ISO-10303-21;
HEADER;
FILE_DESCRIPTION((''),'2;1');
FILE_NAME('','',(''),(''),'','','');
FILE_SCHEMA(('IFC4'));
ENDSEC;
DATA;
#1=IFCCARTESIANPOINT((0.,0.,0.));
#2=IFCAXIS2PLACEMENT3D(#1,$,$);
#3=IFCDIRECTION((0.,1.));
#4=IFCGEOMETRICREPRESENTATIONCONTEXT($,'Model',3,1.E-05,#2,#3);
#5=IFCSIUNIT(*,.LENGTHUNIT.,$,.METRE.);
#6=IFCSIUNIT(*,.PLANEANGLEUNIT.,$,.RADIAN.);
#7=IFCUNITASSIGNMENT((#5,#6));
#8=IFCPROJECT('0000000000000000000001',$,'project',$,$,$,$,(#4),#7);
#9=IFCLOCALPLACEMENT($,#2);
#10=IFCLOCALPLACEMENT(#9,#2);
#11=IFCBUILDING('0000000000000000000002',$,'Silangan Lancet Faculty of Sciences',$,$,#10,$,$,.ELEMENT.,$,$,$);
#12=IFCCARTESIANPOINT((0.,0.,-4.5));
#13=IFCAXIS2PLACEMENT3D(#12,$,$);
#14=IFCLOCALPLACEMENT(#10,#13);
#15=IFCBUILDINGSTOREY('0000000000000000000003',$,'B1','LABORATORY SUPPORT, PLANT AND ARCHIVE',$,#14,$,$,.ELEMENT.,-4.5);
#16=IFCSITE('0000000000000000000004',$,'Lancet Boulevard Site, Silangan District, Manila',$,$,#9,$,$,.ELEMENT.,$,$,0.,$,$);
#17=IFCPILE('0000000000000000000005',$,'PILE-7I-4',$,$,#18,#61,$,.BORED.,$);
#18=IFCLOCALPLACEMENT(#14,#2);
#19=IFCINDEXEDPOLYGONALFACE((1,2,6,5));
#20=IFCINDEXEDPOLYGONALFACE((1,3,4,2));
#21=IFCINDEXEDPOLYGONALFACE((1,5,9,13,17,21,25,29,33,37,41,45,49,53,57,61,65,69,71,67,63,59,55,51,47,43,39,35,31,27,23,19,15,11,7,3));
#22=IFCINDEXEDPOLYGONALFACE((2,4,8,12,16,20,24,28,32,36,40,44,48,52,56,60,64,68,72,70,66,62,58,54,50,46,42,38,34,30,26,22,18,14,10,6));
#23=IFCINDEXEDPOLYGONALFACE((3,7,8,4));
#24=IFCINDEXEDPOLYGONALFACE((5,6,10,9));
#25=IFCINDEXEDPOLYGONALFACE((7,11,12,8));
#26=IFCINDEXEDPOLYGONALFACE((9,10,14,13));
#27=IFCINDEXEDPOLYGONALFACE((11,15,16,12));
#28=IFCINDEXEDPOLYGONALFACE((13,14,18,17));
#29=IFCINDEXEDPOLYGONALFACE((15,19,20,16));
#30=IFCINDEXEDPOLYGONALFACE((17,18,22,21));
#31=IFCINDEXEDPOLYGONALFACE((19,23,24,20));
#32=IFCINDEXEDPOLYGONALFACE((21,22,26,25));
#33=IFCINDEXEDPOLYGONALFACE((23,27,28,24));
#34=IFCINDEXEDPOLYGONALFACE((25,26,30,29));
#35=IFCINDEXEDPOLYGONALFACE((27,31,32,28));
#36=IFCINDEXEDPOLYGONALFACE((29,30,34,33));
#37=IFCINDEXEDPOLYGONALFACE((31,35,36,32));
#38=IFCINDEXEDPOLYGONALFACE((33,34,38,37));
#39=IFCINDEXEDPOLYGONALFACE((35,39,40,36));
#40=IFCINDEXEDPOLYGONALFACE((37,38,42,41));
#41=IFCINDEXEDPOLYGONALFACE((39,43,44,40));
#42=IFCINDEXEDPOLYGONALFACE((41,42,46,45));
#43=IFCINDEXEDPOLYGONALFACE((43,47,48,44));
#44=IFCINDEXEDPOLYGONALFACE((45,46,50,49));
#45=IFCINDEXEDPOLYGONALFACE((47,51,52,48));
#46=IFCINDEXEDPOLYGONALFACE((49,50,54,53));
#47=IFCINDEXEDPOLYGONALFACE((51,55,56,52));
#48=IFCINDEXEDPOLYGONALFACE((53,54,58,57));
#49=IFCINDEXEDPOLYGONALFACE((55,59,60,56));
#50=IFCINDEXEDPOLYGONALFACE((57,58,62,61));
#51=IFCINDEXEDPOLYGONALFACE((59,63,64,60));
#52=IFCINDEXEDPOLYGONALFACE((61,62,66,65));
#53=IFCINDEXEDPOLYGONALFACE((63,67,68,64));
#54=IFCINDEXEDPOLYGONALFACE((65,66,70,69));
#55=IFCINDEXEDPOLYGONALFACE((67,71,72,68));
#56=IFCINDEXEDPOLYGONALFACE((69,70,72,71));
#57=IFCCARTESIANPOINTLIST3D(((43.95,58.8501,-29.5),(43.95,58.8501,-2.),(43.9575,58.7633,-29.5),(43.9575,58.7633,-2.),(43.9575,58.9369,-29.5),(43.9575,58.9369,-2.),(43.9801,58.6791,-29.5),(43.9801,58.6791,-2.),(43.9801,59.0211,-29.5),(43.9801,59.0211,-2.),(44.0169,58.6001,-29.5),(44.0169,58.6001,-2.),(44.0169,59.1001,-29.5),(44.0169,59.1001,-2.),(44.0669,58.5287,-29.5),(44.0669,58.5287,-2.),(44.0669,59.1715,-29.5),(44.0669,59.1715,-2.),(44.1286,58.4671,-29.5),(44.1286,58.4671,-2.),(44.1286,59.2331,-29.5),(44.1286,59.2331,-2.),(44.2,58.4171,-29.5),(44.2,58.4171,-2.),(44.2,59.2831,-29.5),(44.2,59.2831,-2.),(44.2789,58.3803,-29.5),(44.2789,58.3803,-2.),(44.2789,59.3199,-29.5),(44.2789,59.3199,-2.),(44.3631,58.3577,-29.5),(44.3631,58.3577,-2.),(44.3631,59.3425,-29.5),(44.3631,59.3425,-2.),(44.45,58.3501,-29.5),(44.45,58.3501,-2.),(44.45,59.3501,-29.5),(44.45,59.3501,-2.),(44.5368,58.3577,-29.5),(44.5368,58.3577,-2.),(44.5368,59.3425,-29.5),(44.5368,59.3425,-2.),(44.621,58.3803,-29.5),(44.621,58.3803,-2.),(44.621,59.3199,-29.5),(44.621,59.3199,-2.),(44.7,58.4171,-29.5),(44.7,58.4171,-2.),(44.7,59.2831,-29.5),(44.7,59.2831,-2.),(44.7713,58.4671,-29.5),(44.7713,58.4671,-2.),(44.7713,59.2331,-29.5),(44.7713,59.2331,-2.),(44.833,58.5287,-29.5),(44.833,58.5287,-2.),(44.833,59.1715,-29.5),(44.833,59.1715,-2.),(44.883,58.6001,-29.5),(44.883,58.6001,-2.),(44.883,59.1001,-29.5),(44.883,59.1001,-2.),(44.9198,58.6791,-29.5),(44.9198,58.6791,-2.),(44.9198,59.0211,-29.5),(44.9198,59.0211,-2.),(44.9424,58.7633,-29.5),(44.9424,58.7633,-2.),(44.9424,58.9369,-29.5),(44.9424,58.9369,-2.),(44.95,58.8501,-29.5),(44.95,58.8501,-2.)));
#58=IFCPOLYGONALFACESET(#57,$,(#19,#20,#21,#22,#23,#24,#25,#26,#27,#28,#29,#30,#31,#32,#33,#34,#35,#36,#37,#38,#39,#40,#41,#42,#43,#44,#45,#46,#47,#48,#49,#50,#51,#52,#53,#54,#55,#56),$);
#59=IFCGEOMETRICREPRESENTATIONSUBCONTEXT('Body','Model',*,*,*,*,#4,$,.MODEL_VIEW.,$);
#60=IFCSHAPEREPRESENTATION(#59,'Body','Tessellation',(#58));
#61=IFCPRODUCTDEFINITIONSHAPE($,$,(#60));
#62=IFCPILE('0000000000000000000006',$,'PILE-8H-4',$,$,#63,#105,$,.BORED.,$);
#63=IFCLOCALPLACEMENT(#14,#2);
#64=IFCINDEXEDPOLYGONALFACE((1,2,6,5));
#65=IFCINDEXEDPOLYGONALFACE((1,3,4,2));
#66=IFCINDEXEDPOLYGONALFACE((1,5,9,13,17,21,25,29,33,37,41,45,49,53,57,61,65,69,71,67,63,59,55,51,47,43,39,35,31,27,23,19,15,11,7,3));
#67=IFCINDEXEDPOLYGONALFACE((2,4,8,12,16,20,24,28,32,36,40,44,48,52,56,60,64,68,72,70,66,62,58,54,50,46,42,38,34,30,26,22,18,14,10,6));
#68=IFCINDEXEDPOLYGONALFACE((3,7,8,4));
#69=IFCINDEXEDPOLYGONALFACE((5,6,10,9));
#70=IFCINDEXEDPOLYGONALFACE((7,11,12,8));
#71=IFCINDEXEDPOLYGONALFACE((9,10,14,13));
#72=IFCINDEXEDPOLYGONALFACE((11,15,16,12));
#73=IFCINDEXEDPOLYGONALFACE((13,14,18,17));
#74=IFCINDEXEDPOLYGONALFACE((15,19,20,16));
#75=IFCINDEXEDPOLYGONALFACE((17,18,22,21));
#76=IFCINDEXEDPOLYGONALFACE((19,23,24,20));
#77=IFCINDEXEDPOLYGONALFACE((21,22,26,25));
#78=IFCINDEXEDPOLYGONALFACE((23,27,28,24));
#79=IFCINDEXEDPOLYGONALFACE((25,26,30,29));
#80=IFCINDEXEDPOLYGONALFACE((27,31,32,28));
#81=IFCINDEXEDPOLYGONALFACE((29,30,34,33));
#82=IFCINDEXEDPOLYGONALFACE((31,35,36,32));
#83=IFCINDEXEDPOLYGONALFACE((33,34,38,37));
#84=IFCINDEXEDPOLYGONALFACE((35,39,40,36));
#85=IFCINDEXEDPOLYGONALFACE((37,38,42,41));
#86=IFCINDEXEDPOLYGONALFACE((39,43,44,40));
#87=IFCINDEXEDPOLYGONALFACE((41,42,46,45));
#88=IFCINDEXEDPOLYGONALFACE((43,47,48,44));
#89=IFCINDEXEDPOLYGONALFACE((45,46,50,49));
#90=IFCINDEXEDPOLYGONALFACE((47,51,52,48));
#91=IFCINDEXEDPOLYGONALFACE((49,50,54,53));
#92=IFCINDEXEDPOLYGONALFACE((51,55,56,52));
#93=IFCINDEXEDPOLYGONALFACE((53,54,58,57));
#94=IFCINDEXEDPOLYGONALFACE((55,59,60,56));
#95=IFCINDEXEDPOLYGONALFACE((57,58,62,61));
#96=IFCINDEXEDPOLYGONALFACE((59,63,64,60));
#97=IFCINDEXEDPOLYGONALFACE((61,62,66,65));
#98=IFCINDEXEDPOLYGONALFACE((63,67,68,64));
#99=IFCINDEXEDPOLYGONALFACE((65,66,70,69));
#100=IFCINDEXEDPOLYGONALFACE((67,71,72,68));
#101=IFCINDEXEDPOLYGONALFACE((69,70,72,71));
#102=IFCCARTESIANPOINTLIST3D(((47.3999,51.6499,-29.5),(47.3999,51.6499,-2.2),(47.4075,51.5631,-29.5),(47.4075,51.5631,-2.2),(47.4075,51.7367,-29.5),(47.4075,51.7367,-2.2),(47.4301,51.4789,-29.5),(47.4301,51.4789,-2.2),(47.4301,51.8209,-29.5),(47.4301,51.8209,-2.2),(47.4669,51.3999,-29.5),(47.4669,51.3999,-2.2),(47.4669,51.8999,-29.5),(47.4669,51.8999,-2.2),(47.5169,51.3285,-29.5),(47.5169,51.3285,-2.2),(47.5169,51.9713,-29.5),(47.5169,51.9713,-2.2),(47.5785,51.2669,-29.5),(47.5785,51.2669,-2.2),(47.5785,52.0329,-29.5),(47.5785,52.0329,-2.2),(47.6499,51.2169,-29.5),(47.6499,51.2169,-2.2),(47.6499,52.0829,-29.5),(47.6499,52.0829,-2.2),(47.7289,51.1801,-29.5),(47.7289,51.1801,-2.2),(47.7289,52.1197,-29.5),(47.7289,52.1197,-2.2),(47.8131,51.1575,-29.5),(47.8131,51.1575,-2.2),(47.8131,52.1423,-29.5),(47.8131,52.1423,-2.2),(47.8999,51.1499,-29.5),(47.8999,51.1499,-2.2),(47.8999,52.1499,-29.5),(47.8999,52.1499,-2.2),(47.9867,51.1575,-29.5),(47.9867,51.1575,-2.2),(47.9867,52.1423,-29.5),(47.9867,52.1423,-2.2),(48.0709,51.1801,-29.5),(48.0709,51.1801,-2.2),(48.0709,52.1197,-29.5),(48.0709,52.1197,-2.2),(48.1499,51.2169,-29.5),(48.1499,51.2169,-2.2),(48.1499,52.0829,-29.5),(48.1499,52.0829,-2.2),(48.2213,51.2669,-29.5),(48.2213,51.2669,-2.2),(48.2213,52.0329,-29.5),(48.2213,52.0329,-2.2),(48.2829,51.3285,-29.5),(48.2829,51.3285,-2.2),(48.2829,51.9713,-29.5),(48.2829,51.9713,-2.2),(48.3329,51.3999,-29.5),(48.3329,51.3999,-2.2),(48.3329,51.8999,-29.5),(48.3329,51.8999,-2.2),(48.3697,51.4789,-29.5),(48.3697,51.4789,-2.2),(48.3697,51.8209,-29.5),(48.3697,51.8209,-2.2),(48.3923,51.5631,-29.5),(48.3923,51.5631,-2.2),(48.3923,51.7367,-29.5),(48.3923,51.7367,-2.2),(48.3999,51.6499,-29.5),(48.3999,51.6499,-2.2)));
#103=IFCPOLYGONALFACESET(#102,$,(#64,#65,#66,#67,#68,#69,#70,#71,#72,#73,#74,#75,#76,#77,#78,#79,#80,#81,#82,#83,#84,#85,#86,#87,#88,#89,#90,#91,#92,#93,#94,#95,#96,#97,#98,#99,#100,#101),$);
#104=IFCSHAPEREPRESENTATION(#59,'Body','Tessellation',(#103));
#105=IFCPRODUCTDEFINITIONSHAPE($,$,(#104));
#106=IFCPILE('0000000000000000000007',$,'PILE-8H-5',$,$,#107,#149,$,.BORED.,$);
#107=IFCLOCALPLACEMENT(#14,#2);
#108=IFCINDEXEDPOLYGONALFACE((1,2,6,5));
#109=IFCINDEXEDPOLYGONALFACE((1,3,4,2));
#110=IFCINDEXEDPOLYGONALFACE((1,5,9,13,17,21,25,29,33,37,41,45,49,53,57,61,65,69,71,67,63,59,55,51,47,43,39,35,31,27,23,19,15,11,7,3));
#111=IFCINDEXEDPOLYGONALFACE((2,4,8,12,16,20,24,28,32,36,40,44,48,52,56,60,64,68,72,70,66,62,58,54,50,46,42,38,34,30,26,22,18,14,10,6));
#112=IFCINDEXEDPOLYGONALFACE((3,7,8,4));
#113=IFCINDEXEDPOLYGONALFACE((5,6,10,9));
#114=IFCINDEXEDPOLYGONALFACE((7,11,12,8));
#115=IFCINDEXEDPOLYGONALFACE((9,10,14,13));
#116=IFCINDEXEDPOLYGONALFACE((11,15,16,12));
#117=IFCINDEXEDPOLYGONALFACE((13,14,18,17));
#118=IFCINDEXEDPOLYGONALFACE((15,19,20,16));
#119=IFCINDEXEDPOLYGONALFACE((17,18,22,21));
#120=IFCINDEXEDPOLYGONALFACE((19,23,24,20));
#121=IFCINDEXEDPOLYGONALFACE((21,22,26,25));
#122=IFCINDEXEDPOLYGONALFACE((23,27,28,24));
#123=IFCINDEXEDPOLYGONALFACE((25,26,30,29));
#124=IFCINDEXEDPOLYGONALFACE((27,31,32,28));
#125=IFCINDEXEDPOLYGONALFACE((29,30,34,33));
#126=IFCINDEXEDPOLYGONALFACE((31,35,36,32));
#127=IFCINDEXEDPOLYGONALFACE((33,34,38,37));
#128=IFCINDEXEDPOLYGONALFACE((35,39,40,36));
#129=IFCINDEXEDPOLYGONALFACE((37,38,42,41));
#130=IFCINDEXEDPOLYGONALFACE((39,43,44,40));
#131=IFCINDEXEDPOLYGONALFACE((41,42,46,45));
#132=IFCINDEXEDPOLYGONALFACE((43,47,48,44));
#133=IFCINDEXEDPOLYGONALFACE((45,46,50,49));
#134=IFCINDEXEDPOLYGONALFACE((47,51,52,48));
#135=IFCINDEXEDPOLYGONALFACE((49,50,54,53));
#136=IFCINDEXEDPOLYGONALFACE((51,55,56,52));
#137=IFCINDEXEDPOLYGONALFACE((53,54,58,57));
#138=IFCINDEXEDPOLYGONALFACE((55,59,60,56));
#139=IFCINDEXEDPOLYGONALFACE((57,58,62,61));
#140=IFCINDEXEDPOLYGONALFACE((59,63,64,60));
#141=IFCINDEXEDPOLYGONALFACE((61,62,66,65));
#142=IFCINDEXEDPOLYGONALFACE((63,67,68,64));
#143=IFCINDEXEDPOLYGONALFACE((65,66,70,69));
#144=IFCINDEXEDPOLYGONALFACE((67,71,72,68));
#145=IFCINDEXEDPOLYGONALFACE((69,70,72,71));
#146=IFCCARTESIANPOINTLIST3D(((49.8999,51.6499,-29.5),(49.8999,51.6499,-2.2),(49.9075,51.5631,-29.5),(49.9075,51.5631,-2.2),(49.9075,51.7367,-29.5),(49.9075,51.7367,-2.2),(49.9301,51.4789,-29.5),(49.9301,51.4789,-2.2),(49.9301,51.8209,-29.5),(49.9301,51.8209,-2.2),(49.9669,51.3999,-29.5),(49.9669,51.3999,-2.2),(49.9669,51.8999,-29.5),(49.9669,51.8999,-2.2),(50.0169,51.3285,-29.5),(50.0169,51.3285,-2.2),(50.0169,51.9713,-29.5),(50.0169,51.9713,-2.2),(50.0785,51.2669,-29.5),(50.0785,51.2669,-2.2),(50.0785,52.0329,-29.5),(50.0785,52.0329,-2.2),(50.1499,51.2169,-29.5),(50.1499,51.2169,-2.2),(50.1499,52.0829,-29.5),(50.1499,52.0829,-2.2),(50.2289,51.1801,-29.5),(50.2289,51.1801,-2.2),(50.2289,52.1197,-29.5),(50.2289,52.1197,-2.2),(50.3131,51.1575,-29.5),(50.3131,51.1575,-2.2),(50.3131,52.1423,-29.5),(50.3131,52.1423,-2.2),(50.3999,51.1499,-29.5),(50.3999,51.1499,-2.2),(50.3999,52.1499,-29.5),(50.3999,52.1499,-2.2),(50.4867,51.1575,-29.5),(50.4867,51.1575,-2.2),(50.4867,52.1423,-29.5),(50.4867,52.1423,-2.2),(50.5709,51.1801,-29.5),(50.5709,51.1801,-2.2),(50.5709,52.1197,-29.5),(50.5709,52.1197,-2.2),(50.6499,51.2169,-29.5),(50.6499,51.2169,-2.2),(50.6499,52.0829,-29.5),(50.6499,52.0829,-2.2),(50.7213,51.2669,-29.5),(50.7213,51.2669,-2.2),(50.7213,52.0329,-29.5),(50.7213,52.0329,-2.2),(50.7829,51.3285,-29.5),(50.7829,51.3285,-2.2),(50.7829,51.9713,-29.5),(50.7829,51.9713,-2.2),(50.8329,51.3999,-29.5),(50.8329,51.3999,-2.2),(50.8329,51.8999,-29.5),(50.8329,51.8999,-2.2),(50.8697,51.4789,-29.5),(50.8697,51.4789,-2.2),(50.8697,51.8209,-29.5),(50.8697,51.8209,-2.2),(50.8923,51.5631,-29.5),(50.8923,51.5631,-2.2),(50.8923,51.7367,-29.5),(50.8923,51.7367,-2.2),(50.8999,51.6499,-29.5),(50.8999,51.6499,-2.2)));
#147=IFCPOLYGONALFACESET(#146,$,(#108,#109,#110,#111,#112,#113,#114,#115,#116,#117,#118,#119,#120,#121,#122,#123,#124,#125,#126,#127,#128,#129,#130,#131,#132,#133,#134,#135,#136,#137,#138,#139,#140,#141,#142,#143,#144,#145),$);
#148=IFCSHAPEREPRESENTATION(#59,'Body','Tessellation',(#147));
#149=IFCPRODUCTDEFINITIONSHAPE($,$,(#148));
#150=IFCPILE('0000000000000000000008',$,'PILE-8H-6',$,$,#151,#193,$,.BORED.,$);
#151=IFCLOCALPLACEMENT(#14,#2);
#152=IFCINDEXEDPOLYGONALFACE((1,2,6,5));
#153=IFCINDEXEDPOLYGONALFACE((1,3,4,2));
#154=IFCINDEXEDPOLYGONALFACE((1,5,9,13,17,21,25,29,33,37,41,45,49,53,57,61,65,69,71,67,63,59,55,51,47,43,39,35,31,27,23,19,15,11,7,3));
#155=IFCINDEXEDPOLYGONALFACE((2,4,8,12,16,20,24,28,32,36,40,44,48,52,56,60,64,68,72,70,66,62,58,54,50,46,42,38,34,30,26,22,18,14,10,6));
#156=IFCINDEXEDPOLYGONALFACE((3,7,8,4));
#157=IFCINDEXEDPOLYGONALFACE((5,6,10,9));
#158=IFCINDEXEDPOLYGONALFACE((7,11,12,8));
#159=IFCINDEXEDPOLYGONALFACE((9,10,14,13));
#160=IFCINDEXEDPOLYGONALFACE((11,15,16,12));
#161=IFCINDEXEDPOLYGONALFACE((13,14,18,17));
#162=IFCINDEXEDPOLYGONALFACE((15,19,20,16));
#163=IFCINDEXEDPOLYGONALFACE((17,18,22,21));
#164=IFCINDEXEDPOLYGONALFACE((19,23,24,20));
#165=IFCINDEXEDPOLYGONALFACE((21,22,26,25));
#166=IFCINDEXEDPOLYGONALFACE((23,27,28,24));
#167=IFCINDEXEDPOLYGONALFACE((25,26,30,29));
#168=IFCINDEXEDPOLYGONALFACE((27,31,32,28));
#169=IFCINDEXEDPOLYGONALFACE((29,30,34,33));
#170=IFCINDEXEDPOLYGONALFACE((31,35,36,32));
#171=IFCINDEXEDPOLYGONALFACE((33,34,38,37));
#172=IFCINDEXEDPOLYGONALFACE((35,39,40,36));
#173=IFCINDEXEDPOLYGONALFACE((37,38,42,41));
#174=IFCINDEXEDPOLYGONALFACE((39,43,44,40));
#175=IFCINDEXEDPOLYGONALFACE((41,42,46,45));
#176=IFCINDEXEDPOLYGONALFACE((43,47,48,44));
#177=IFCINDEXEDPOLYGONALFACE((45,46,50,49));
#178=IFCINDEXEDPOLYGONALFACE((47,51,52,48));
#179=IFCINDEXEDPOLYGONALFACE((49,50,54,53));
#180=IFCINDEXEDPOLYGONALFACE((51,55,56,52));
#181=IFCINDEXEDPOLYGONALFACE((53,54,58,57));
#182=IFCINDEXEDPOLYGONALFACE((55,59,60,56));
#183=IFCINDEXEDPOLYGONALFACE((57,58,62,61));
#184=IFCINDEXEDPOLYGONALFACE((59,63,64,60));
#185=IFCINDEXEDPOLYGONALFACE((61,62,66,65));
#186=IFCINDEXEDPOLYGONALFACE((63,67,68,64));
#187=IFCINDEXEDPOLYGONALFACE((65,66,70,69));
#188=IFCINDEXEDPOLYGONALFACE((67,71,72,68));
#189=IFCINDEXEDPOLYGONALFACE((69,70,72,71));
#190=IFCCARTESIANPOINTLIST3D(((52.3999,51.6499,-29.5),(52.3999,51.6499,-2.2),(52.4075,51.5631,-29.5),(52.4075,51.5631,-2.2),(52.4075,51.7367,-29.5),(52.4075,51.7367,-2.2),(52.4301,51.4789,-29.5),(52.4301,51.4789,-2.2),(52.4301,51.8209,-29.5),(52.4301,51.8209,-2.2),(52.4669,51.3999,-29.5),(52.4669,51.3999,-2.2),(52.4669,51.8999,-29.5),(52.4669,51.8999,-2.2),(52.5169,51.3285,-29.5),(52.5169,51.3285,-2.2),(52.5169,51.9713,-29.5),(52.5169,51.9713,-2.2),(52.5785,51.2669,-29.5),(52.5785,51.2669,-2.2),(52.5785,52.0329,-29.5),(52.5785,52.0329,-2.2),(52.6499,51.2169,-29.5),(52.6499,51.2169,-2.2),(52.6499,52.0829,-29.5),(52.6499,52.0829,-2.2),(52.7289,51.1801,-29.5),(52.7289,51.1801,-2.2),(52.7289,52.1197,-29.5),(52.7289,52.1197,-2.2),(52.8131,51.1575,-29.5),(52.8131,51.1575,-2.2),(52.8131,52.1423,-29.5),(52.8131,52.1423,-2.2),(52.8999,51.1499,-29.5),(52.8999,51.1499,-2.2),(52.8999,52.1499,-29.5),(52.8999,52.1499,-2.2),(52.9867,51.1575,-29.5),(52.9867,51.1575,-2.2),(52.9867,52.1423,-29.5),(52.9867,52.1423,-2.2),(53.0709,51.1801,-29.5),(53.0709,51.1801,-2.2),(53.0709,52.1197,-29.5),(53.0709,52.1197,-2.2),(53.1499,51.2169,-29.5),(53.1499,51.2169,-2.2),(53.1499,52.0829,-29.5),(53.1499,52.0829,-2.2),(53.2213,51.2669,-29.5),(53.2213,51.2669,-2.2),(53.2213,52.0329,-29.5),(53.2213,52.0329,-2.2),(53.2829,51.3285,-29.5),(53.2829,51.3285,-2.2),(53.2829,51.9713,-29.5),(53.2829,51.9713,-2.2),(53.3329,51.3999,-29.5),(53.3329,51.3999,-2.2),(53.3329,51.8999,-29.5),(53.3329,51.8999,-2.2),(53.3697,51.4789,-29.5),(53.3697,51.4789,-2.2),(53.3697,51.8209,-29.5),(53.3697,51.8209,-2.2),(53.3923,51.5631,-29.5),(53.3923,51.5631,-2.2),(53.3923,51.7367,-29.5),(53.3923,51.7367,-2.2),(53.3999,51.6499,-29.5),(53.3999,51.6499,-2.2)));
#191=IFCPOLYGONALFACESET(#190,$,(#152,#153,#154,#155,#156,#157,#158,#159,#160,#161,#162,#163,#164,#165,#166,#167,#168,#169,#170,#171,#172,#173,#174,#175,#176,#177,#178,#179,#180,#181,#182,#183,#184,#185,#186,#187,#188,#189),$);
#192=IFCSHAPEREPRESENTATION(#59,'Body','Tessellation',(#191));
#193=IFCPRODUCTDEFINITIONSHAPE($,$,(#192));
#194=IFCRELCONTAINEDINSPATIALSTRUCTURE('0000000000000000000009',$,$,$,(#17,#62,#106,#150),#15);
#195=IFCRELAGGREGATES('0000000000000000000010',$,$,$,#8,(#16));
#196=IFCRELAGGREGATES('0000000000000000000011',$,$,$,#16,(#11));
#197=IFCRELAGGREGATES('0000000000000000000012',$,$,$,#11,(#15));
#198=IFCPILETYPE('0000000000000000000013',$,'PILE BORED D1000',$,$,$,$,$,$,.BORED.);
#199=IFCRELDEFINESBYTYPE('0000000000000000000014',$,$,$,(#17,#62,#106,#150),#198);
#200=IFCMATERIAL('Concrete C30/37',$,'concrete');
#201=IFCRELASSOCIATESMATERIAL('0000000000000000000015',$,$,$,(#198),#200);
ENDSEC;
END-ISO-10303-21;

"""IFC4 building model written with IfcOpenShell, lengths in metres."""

from ifc_helpers import new_model, si_unit, direction, frame, origin, origin_2d, place, context, subcontext, project, spatial, circle, extrude, material, material_profile, profile_set, type_object, element, save


model = new_model("IFC4")

# Units and contexts
model_context = context("Model", 3, precision=1e-05, world=origin(), true_north=direction((0.0, 1.0)))
body_context = subcontext(model_context, "Body", "Model", "MODEL_VIEW")
ifc_project = project(units=[si_unit("LENGTHUNIT", "METRE"), si_unit("PLANEANGLEUNIT", "RADIAN")], contexts=[model_context])

# Site, building, storey
site_placement = place(None, origin())
site = spatial("IfcSite", under=ifc_project, at=site_placement, Name="Lancet Boulevard Site, Silangan District, Manila", CompositionType="ELEMENT", RefElevation=0.0)
building_placement = place(site_placement, origin())
building = spatial("IfcBuilding", under=site, at=building_placement, Name="Silangan Lancet Faculty of Sciences", CompositionType="ELEMENT")
storey_placement = place(building_placement, frame((0.0, 0.0, -4.5)))
storey = spatial("IfcBuildingStorey", under=building, at=storey_placement, Name="B1", Description="LABORATORY SUPPORT, PLANT AND ARCHIVE", CompositionType="ELEMENT", Elevation=-4.5)

# Piles
ifc_material_1 = material(Name="Concrete C30/37", Category="concrete")
ifc_material_profile_1 = material_profile(ifc_material_1, circle(Radius=0.5, at=origin_2d()), Name="BORED PILE D1000")
ifc_profile_set_1 = profile_set([ifc_material_profile_1], Name="Concrete C30/37")
pile_type = type_object("IfcPileType", Name="PILE BORED D1000", PredefinedType="BORED", material=ifc_profile_set_1)
for number, where, z_axis, x_axis, name in (
    (1, (44.45, 58.8501, -2.0), (0.0, 0.0, -1.0), (1.0, 0.0, 0.0), "PILE-7I-4"),
):
    element("IfcPile", number, at=place(storey_placement, frame(where, z_axis=z_axis, x_axis=x_axis)), inside=storey, type_object=pile_type, Name=name, PredefinedType="BORED", context=body_context, shape_type="SweptSolid", body=[
        extrude(circle(Radius=0.5, at=origin_2d()), origin(), (0.0, 0.0, 1.0), 27.5),
    ])
for number, where, z_axis, x_axis, name in (
    (2, (47.8999, 51.6499, -2.2), (0.0, 0.0, -1.0), (1.0, 0.0, 0.0), "PILE-8H-4"),
    (3, (50.3999, 51.6499, -2.2), (0.0, 0.0, -1.0), (1.0, 0.0, 0.0), "PILE-8H-5"),
    (4, (52.8999, 51.6499, -2.2), (0.0, 0.0, -1.0), (1.0, 0.0, 0.0), "PILE-8H-6"),
):
    element("IfcPile", number, at=place(storey_placement, frame(where, z_axis=z_axis, x_axis=x_axis)), inside=storey, type_object=pile_type, Name=name, PredefinedType="BORED", context=body_context, shape_type="SweptSolid", body=[
        extrude(circle(Radius=0.5, at=origin_2d()), origin(), (0.0, 0.0, 1.0), 27.3),
    ])

save(model, "model.ifc")
